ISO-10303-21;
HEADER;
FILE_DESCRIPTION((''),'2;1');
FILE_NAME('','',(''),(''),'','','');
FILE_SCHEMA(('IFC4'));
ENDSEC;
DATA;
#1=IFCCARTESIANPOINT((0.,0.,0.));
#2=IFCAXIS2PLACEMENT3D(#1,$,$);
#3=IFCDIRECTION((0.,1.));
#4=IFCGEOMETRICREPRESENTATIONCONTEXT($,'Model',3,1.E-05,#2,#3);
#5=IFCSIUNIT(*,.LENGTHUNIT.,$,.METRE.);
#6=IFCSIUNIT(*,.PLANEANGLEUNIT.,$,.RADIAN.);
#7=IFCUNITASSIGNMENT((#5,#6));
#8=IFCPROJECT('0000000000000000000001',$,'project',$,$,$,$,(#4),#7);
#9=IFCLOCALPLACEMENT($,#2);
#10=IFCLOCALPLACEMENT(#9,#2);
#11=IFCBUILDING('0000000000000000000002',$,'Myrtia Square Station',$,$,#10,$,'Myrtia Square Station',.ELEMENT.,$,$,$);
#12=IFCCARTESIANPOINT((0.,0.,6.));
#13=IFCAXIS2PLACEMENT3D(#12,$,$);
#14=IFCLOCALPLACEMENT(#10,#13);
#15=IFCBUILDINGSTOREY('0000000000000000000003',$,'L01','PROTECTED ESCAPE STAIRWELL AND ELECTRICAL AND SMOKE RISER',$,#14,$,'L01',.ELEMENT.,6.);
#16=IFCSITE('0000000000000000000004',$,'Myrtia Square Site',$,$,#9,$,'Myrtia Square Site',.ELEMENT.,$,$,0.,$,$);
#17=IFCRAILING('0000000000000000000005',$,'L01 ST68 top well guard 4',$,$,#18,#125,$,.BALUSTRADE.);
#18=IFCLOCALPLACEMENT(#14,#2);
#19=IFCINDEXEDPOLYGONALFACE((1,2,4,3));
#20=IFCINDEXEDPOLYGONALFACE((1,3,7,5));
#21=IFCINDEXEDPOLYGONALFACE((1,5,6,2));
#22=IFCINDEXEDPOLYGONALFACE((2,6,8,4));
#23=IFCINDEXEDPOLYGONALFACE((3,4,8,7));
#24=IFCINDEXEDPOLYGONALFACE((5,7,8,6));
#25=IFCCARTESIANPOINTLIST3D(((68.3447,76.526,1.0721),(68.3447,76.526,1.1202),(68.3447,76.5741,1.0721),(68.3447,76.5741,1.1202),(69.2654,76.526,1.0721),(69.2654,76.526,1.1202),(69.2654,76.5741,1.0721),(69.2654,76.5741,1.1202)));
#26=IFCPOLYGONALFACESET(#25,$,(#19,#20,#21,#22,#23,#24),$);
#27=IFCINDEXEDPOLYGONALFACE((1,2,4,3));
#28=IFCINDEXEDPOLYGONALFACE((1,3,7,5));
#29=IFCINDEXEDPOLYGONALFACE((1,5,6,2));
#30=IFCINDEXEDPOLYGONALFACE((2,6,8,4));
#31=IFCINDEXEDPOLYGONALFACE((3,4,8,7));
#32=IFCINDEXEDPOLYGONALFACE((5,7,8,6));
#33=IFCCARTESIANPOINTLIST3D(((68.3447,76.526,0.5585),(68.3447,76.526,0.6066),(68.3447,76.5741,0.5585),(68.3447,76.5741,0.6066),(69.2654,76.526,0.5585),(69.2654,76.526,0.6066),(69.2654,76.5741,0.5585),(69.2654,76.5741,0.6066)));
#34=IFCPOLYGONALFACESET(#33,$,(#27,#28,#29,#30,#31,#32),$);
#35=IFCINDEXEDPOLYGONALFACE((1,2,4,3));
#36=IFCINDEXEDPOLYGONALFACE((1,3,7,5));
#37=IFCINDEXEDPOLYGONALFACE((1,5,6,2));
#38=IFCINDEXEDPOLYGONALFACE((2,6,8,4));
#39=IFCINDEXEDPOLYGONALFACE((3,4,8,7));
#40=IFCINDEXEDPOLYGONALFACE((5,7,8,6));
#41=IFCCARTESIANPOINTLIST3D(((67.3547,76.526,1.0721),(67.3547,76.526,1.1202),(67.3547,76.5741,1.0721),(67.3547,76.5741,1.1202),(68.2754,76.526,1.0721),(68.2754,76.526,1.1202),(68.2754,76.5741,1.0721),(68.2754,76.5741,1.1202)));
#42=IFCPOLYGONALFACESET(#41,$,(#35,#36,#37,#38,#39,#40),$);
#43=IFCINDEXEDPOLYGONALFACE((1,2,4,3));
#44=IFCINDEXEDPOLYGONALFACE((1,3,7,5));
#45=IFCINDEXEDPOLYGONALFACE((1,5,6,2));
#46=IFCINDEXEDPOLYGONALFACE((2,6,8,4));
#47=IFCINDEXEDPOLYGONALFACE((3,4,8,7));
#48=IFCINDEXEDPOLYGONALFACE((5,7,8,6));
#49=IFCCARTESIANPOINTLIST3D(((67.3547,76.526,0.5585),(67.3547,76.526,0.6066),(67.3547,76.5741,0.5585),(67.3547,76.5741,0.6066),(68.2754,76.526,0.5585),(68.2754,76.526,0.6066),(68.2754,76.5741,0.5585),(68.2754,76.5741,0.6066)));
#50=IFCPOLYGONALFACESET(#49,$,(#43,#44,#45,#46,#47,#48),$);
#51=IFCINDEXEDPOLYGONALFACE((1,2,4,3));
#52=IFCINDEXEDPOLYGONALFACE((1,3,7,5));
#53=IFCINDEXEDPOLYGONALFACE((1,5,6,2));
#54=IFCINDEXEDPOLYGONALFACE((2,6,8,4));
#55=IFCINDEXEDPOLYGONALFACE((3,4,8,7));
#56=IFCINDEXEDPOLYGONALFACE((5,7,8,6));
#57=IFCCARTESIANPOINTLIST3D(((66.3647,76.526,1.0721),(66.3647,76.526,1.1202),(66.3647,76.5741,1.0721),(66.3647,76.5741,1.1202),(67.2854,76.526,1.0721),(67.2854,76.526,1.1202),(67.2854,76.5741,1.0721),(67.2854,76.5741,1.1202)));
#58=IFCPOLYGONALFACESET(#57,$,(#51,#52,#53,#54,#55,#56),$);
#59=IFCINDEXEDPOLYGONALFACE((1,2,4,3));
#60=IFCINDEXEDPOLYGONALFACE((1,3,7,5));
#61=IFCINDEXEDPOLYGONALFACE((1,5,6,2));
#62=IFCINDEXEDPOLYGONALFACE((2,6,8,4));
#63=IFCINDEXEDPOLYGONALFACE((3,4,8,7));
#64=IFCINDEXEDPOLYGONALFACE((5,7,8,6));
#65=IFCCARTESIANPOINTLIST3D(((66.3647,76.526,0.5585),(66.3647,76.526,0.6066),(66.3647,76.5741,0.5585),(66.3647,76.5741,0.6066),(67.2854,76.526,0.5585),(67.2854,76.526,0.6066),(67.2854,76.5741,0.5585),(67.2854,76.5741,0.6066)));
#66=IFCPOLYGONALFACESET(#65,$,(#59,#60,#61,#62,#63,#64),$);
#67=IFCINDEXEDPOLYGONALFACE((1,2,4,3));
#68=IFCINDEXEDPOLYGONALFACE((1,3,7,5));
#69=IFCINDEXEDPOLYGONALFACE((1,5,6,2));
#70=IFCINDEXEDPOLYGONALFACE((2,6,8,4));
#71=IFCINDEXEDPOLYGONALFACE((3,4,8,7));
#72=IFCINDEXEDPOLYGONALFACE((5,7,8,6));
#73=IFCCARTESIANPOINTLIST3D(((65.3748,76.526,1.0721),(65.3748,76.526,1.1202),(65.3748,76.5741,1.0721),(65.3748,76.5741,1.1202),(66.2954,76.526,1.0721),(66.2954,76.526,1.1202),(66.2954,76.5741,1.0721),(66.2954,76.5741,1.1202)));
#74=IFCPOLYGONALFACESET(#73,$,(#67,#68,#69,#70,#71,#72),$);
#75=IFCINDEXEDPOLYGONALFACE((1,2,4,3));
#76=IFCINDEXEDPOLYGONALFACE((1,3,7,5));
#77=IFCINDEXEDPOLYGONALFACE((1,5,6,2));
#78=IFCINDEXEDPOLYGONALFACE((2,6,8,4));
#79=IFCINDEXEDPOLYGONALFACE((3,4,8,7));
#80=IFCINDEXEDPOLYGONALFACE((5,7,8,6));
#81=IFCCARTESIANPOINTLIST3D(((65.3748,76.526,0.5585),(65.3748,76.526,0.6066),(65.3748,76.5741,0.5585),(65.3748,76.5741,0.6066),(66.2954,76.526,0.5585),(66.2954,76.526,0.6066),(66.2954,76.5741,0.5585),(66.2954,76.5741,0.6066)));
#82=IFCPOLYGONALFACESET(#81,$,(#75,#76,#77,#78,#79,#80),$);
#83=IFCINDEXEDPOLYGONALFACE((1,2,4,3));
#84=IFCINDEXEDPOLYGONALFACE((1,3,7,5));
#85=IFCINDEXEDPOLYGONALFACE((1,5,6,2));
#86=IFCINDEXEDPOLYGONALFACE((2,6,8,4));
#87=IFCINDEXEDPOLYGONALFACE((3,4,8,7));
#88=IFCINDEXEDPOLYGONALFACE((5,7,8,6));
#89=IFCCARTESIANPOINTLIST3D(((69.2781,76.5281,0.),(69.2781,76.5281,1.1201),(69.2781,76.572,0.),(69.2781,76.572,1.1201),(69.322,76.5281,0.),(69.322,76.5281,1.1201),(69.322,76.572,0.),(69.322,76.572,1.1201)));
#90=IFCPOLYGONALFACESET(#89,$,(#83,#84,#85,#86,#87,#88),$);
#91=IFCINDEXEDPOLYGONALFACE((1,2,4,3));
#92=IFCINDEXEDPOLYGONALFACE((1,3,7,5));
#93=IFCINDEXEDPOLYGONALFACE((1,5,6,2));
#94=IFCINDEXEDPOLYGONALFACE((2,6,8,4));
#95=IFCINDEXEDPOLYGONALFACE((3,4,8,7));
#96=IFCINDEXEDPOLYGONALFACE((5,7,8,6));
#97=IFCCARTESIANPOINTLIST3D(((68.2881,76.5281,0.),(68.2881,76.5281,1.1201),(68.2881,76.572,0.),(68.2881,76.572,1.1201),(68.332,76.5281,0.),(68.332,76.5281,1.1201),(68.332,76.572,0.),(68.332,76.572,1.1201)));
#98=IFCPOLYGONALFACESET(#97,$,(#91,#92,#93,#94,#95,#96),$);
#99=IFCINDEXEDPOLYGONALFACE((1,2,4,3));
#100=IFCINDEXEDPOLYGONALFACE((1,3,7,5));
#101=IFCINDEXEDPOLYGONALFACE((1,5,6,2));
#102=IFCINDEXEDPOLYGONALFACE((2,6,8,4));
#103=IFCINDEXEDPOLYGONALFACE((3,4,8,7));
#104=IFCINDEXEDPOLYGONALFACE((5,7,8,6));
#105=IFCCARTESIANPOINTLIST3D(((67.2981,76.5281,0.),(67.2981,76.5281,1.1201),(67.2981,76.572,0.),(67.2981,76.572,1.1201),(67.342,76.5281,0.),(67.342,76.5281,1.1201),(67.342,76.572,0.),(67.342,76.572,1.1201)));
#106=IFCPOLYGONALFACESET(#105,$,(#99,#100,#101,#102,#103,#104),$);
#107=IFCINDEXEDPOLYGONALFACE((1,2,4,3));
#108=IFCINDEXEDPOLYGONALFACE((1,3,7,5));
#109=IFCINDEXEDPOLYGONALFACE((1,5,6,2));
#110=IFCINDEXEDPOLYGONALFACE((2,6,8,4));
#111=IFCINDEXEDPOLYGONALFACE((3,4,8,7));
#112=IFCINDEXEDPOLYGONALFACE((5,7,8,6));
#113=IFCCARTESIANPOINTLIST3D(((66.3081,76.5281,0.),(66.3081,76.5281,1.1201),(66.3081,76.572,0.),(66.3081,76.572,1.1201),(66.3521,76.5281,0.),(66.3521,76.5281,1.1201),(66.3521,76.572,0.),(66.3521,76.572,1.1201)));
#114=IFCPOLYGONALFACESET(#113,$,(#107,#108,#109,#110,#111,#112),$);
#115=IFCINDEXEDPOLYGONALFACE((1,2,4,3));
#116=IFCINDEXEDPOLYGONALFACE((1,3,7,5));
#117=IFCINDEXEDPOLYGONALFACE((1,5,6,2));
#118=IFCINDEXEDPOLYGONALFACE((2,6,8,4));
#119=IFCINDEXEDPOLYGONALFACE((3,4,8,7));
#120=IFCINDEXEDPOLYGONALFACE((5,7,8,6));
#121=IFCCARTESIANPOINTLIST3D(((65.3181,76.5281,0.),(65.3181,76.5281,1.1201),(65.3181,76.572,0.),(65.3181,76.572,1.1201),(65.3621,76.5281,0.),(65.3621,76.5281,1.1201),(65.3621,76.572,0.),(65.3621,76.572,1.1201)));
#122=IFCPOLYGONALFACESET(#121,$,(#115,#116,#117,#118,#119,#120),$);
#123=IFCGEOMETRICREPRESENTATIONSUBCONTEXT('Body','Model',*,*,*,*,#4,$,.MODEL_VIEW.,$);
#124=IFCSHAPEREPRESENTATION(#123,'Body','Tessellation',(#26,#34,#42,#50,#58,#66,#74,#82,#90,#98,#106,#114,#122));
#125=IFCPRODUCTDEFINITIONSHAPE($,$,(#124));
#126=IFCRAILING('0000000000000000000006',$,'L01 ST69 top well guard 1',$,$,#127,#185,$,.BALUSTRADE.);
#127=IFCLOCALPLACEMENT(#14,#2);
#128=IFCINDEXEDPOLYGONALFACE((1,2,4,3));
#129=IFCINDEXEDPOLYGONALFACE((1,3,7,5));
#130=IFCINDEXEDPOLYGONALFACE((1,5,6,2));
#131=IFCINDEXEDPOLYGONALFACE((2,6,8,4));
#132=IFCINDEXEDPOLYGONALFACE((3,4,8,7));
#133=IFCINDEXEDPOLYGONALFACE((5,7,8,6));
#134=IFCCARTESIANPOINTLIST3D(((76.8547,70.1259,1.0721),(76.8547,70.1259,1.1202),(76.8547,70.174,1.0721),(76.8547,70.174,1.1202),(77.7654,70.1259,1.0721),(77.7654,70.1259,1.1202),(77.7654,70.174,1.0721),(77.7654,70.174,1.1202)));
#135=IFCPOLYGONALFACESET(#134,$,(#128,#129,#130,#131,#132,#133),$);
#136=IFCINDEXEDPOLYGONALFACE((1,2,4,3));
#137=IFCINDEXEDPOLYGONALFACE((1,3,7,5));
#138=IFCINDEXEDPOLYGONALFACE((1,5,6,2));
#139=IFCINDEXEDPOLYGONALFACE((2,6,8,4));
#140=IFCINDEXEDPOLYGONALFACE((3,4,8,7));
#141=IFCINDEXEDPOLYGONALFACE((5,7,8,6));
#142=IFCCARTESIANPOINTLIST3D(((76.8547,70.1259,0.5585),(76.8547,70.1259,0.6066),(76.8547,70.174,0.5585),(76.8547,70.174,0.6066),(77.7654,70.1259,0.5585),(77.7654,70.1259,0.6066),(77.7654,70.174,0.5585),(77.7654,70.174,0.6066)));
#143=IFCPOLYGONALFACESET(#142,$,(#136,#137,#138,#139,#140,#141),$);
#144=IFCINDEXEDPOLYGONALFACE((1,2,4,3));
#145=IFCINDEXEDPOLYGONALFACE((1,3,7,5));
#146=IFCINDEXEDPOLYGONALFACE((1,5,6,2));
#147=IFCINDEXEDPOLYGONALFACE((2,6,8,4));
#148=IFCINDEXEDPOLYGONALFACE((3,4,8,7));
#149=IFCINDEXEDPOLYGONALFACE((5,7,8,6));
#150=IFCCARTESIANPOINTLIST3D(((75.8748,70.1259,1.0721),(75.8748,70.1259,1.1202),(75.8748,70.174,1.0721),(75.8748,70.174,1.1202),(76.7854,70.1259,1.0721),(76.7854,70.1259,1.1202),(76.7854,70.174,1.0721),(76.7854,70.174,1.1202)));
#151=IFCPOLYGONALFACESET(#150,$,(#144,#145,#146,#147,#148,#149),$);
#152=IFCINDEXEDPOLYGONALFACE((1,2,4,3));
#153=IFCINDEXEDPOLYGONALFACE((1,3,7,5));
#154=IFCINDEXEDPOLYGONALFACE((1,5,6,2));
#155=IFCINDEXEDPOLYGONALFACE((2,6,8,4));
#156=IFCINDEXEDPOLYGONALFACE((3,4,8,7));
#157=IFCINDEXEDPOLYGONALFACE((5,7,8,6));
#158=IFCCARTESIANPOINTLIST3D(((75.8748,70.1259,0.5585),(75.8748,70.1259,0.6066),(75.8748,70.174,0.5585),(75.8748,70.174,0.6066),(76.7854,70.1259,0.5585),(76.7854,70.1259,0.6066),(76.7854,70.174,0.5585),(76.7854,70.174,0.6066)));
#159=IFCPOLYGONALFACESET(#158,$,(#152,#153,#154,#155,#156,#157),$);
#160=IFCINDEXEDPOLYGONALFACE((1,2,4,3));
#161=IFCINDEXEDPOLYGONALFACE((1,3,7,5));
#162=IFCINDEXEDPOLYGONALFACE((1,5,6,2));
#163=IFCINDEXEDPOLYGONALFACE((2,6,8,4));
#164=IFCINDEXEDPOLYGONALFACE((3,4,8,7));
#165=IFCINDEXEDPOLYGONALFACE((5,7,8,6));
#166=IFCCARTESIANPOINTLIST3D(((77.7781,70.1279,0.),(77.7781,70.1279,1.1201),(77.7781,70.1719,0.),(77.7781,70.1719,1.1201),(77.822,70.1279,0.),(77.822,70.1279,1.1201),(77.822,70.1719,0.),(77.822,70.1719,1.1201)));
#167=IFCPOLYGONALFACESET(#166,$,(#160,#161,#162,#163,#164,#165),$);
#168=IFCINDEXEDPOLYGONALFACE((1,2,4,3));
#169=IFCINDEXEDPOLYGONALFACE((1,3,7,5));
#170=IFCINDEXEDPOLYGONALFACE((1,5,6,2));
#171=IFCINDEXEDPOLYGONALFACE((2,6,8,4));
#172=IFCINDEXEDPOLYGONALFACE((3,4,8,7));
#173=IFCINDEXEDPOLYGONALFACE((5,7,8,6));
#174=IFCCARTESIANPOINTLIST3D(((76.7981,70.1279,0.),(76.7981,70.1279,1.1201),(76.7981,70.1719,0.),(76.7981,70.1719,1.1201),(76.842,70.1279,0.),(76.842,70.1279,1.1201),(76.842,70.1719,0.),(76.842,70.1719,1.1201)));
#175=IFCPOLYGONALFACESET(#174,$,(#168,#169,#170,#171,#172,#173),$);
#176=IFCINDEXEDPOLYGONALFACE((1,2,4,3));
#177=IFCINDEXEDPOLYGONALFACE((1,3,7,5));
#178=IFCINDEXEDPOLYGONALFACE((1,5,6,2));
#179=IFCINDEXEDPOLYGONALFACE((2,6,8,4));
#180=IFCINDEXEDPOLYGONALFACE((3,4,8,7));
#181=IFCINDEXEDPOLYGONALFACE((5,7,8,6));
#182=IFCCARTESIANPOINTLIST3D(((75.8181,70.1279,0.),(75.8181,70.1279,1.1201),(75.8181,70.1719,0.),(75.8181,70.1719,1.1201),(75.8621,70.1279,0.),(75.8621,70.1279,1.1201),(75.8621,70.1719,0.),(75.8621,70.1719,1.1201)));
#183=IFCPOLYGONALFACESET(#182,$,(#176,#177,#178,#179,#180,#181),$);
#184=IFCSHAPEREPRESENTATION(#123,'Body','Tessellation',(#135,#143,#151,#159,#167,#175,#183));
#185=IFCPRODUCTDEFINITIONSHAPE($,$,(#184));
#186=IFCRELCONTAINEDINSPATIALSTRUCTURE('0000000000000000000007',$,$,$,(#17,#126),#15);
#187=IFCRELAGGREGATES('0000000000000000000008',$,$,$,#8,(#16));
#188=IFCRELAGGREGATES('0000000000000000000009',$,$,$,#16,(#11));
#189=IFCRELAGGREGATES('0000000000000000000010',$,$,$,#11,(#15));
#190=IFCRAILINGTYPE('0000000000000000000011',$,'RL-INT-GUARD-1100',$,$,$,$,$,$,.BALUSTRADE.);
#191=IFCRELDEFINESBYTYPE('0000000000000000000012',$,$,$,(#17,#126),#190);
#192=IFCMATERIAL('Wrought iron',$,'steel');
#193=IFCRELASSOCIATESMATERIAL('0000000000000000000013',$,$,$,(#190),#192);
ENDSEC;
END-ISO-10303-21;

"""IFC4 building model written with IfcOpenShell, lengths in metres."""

from ifc_helpers import new_model, si_unit, direction, frame, origin, origin_2d, place, context, subcontext, project, spatial, rectangle, extrude, material, type_object, element, save


model = new_model("IFC4")

# Units and contexts
model_context = context("Model", 3, precision=1e-05, world=origin(), true_north=direction((0.0, 1.0)))
body_context = subcontext(model_context, "Body", "Model", "MODEL_VIEW")
ifc_project = project(units=[si_unit("LENGTHUNIT", "METRE"), si_unit("PLANEANGLEUNIT", "RADIAN")], contexts=[model_context])

# Site, building, storey
site_placement = place(None, origin())
site = spatial("IfcSite", under=ifc_project, at=site_placement, Name="Myrtia Square Site", LongName="Myrtia Square Site", CompositionType="ELEMENT", RefElevation=0.0)
building_placement = place(site_placement, origin())
building = spatial("IfcBuilding", under=site, at=building_placement, Name="Myrtia Square Station", LongName="Myrtia Square Station", CompositionType="ELEMENT")
storey_placement = place(building_placement, frame((0.0, 0.0, 6.0)))
storey = spatial("IfcBuildingStorey", under=building, at=storey_placement, Name="L01", Description="PROTECTED ESCAPE STAIRWELL AND ELECTRICAL AND SMOKE RISER", LongName="L01", CompositionType="ELEMENT", Elevation=6.0)

# Railings
ifc_material_1 = material(Name="Wrought iron", Category="steel")
railing_type = type_object("IfcRailingType", Name="RL-INT-GUARD-1100", PredefinedType="BALUSTRADE", material=ifc_material_1)
railing_1_placement = place(storey_placement, frame((69.3, 76.55, 0.0)))
element("IfcRailing", 1, at=railing_1_placement, inside=storey, type_object=railing_type, Name="L01 ST68 top well guard 4", PredefinedType="BALUSTRADE", context=body_context, shape_type="SweptSolid", body=[
    extrude(rectangle(XDim=0.0481, YDim=0.0481, at=origin_2d()), frame((-0.0347, 0.0, 1.0962), z_axis=(-1.0, 0.0, 0.0), x_axis=(0.0, -1.0, 0.0)), (0.0, 0.0, 1.0), 0.9207),
    extrude(rectangle(XDim=0.0481, YDim=0.0481, at=origin_2d()), frame((-0.0347, 0.0, 0.5825), z_axis=(-1.0, 0.0, 0.0), x_axis=(0.0, -1.0, 0.0)), (0.0, 0.0, 1.0), 0.9207),
    extrude(rectangle(XDim=0.0481, YDim=0.0481, at=origin_2d()), frame((-1.0247, 0.0, 1.0962), z_axis=(-1.0, 0.0, 0.0), x_axis=(0.0, -1.0, 0.0)), (0.0, 0.0, 1.0), 0.9207),
    extrude(rectangle(XDim=0.0481, YDim=0.0481, at=origin_2d()), frame((-1.0247, 0.0, 0.5825), z_axis=(-1.0, 0.0, 0.0), x_axis=(0.0, -1.0, 0.0)), (0.0, 0.0, 1.0), 0.9207),
    extrude(rectangle(XDim=0.0481, YDim=0.0481, at=origin_2d()), frame((-2.0146, 0.0, 1.0962), z_axis=(-1.0, 0.0, 0.0), x_axis=(0.0, -1.0, 0.0)), (0.0, 0.0, 1.0), 0.9207),
    extrude(rectangle(XDim=0.0481, YDim=0.0481, at=origin_2d()), frame((-2.0146, 0.0, 0.5825), z_axis=(-1.0, 0.0, 0.0), x_axis=(0.0, -1.0, 0.0)), (0.0, 0.0, 1.0), 0.9207),
    extrude(rectangle(XDim=0.0481, YDim=0.0481, at=origin_2d()), frame((-3.0046, 0.0, 1.0962), z_axis=(-1.0, 0.0, 0.0), x_axis=(0.0, -1.0, 0.0)), (0.0, 0.0, 1.0), 0.9207),
    extrude(rectangle(XDim=0.0481, YDim=0.0481, at=origin_2d()), frame((-3.0046, 0.0, 0.5825), z_axis=(-1.0, 0.0, 0.0), x_axis=(0.0, -1.0, 0.0)), (0.0, 0.0, 1.0), 0.9207),
    extrude(rectangle(XDim=0.0439, YDim=0.0439, at=origin_2d()), origin(), (0.0, 0.0, 1.0), 1.1201),
    extrude(rectangle(XDim=0.0439, YDim=0.0439, at=origin_2d()), frame((-0.99, 0.0, 0.0)), (0.0, 0.0, 1.0), 1.1201),
    extrude(rectangle(XDim=0.0439, YDim=0.0439, at=origin_2d()), frame((-1.98, 0.0, 0.0)), (0.0, 0.0, 1.0), 1.1201),
    extrude(rectangle(XDim=0.0439, YDim=0.0439, at=origin_2d()), frame((-2.97, 0.0, 0.0)), (0.0, 0.0, 1.0), 1.1201),
    extrude(rectangle(XDim=0.0439, YDim=0.0439, at=origin_2d()), frame((-3.96, 0.0, 0.0)), (0.0, 0.0, 1.0), 1.1201),
])
railing_2_placement = place(storey_placement, frame((77.8, 70.1499, 0.0)))
element("IfcRailing", 2, at=railing_2_placement, inside=storey, type_object=railing_type, Name="L01 ST69 top well guard 1", PredefinedType="BALUSTRADE", context=body_context, shape_type="SweptSolid", body=[
    extrude(rectangle(XDim=0.0481, YDim=0.0481, at=origin_2d()), frame((-0.0347, 0.0, 1.0962), z_axis=(-1.0, 0.0, 0.0), x_axis=(0.0, -1.0, 0.0)), (0.0, 0.0, 1.0), 0.9106),
    extrude(rectangle(XDim=0.0481, YDim=0.0481, at=origin_2d()), frame((-0.0347, 0.0, 0.5825), z_axis=(-1.0, 0.0, 0.0), x_axis=(0.0, -1.0, 0.0)), (0.0, 0.0, 1.0), 0.9106),
    extrude(rectangle(XDim=0.0481, YDim=0.0481, at=origin_2d()), frame((-1.0146, 0.0, 1.0962), z_axis=(-1.0, 0.0, 0.0), x_axis=(0.0, -1.0, 0.0)), (0.0, 0.0, 1.0), 0.9106),
    extrude(rectangle(XDim=0.0481, YDim=0.0481, at=origin_2d()), frame((-1.0146, 0.0, 0.5825), z_axis=(-1.0, 0.0, 0.0), x_axis=(0.0, -1.0, 0.0)), (0.0, 0.0, 1.0), 0.9106),
    extrude(rectangle(XDim=0.0439, YDim=0.0439, at=origin_2d()), origin(), (0.0, 0.0, 1.0), 1.1201),
    extrude(rectangle(XDim=0.0439, YDim=0.0439, at=origin_2d()), frame((-0.98, 0.0, 0.0)), (0.0, 0.0, 1.0), 1.1201),
    extrude(rectangle(XDim=0.0439, YDim=0.0439, at=origin_2d()), frame((-1.96, 0.0, 0.0)), (0.0, 0.0, 1.0), 1.1201),
])

save(model, "model.ifc")
